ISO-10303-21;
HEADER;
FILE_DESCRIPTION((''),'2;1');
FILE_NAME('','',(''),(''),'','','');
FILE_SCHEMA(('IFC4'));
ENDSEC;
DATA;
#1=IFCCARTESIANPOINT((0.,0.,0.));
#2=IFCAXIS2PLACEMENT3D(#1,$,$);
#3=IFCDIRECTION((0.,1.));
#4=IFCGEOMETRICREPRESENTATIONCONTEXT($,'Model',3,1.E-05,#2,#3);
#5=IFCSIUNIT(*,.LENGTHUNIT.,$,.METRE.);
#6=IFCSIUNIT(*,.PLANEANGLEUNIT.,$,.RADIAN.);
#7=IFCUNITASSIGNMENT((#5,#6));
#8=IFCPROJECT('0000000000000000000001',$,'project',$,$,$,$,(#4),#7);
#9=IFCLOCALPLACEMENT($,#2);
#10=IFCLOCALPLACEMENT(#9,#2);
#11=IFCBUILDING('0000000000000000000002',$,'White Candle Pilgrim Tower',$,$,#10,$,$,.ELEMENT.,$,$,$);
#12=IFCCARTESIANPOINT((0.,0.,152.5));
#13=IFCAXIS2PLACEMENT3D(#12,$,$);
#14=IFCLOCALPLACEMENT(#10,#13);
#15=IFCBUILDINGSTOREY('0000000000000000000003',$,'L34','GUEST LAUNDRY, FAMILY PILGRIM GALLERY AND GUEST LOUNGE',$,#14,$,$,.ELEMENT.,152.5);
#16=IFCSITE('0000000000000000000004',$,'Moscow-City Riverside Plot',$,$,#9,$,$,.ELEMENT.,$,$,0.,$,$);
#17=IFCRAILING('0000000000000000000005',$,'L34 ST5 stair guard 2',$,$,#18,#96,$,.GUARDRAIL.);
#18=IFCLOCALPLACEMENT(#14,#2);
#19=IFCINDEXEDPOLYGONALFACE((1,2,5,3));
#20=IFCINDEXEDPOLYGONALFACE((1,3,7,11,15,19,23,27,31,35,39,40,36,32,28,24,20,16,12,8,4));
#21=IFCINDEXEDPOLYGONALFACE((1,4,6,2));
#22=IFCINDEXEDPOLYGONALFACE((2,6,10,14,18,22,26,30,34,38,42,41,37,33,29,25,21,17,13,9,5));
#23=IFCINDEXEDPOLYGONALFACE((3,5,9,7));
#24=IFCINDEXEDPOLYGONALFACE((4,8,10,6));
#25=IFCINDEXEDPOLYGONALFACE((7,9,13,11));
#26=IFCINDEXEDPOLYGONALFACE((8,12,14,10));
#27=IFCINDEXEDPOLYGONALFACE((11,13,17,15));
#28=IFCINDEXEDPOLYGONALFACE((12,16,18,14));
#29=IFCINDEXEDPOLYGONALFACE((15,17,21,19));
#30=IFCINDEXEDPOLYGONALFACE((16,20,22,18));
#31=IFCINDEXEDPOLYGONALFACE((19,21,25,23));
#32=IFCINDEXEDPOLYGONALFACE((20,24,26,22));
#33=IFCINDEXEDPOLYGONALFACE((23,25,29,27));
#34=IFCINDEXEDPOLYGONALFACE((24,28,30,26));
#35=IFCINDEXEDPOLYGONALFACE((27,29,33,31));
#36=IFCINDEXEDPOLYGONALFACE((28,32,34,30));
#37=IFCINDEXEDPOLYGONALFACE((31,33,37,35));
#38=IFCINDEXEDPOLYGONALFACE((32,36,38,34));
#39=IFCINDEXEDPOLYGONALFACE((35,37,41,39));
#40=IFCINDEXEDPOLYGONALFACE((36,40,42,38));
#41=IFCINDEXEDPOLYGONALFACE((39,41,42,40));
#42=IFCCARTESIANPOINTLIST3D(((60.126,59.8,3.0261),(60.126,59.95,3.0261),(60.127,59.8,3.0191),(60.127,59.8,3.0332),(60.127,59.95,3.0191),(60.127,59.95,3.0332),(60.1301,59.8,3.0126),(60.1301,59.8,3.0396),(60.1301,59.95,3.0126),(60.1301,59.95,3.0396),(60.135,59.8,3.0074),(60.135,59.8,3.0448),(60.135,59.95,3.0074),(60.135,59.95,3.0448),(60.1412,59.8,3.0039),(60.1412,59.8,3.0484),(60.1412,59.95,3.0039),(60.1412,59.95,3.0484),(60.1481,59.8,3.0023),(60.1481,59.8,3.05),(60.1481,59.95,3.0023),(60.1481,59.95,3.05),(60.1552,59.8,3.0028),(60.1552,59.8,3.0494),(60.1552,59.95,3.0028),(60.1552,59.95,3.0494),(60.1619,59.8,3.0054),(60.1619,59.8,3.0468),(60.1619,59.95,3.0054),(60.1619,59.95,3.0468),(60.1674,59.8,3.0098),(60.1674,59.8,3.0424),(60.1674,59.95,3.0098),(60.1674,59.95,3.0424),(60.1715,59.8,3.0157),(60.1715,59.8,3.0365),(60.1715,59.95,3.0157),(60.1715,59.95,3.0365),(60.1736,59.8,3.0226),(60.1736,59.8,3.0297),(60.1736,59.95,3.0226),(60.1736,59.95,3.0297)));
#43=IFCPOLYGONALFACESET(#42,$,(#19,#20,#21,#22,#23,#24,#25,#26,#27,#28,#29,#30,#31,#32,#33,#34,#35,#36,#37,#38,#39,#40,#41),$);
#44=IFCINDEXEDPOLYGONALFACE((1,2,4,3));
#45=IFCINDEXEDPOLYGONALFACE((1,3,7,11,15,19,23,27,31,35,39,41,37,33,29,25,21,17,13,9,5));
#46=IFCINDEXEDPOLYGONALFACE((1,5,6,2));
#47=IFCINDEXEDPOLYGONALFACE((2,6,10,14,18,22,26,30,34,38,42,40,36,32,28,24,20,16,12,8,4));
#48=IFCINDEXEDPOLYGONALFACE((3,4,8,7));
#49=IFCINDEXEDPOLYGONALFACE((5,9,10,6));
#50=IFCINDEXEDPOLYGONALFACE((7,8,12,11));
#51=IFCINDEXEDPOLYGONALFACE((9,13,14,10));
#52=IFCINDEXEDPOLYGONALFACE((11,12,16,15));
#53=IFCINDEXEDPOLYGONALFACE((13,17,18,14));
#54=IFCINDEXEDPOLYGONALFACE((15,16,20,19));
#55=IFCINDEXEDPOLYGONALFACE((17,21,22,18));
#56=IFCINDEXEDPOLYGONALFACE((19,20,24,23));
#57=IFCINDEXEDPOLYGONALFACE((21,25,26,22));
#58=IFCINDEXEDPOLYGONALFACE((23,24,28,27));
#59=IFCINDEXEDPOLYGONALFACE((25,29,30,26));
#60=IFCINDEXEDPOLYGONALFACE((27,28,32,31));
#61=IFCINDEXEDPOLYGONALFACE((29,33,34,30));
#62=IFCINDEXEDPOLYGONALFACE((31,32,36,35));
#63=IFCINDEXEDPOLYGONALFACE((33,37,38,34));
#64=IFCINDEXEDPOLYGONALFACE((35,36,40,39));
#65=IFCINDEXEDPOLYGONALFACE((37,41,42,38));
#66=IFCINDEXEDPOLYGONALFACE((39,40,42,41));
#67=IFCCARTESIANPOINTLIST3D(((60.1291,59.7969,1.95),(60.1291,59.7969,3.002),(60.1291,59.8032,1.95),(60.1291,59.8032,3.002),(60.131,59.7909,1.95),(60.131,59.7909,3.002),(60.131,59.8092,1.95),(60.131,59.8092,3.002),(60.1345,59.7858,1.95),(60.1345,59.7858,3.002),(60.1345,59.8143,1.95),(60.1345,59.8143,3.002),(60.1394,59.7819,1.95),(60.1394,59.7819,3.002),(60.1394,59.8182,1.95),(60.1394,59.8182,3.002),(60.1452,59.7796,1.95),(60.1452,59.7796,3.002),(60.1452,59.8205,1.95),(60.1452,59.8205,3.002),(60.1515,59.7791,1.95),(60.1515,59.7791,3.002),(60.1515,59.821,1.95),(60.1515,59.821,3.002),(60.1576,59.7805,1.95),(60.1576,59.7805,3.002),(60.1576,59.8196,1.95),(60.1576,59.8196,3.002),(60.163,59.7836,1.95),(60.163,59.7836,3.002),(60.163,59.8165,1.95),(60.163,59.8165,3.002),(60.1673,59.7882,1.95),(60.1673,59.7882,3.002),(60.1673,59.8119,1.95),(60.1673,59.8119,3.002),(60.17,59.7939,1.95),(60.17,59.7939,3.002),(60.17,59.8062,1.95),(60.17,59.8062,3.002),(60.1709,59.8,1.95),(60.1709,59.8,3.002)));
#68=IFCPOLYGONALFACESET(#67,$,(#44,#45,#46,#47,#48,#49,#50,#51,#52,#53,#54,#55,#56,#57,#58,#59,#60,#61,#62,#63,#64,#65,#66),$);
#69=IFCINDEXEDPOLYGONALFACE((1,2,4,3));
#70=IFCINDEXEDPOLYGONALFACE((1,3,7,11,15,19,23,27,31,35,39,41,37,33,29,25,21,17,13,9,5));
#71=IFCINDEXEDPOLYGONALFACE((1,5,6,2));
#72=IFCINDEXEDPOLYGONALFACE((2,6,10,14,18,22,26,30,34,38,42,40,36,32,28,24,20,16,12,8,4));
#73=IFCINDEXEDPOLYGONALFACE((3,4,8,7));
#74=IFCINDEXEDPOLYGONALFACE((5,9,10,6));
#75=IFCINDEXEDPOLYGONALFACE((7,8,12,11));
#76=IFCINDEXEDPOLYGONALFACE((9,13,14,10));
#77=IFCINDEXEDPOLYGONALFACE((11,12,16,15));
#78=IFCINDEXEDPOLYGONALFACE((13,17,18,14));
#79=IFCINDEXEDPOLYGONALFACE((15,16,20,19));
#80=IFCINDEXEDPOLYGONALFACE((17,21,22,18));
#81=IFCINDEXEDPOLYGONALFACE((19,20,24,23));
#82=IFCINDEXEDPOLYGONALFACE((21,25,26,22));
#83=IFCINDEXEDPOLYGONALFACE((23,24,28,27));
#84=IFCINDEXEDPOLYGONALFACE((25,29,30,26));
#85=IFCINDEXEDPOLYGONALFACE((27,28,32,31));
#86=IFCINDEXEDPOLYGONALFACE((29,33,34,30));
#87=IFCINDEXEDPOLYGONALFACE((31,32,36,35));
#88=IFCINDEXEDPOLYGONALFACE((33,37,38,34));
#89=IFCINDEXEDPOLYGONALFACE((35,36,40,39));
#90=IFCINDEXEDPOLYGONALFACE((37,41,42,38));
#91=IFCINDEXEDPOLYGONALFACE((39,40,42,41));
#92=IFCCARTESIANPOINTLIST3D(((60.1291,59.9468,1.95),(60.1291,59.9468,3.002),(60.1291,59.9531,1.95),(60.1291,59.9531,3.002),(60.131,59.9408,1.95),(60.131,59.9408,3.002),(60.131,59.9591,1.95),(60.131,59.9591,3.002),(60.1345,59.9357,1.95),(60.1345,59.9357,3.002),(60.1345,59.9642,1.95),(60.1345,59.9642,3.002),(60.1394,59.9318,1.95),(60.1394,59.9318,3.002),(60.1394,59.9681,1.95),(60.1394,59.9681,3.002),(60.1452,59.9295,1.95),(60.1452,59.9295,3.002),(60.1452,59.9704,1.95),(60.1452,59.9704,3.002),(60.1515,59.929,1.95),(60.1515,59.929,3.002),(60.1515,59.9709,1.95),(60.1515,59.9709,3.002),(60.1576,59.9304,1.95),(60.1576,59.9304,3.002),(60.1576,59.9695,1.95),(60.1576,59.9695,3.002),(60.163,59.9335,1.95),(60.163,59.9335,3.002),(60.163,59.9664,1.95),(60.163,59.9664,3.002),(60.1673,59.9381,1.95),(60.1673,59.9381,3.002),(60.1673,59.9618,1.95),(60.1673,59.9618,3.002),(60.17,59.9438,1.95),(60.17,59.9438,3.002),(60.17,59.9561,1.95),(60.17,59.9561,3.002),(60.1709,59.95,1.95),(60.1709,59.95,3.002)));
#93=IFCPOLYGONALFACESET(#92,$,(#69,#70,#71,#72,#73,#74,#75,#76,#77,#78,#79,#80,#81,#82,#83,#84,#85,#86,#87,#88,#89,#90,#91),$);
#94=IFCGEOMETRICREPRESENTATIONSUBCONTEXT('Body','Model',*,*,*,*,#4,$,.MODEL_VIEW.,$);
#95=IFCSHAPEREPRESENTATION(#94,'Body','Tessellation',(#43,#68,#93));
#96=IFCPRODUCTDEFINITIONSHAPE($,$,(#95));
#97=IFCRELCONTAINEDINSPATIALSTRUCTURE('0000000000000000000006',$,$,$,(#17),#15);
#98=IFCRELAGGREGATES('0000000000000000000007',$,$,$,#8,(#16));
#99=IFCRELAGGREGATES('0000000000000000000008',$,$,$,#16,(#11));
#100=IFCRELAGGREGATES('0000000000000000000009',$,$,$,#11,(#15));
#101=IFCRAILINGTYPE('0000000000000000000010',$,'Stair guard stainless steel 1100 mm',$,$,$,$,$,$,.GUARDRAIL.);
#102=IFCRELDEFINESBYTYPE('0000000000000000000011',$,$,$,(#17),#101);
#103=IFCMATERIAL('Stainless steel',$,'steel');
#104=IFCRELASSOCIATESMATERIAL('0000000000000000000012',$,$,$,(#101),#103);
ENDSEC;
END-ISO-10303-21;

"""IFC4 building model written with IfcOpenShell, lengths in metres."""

from ifc_helpers import new_model, si_unit, direction, frame, origin, origin_2d, place, context, subcontext, project, spatial, circle, extrude, material, type_object, element, save


model = new_model("IFC4")

# Units and contexts
model_context = context("Model", 3, precision=1e-05, world=origin(), true_north=direction((0.0, 1.0)))
body_context = subcontext(model_context, "Body", "Model", "MODEL_VIEW")
ifc_project = project(units=[si_unit("LENGTHUNIT", "METRE"), si_unit("PLANEANGLEUNIT", "RADIAN")], contexts=[model_context])

# Site, building, storey
site_placement = place(None, origin())
site = spatial("IfcSite", under=ifc_project, at=site_placement, Name="Moscow-City Riverside Plot", CompositionType="ELEMENT", RefElevation=0.0)
building_placement = place(site_placement, origin())
building = spatial("IfcBuilding", under=site, at=building_placement, Name="White Candle Pilgrim Tower", CompositionType="ELEMENT")
storey_placement = place(building_placement, frame((0.0, 0.0, 152.5)))
storey = spatial("IfcBuildingStorey", under=building, at=storey_placement, Name="L34", Description="GUEST LAUNDRY, FAMILY PILGRIM GALLERY AND GUEST LOUNGE", CompositionType="ELEMENT", Elevation=152.5)

# Railing
ifc_material_1 = material(Name="Stainless steel", Category="steel")
railing_type_1 = type_object("IfcRailingType", Name="Stair guard stainless steel 1100 mm", PredefinedType="GUARDRAIL", material=ifc_material_1)
railing_1_placement = place(storey_placement, frame((60.1499, 59.8, 1.95)))
element("IfcRailing", 1, at=railing_1_placement, inside=storey, type_object=railing_type_1, Name="L34 ST5 stair guard 2", PredefinedType="GUARDRAIL", context=body_context, shape_type="SweptSolid", body=[
    extrude(circle(Radius=0.0239, at=origin_2d()), frame((0.0, 0.0, 1.0762), z_axis=(0.0, 1.0, 0.0), x_axis=(-1.0, 0.0, 0.0)), (0.0, 0.0, 1.0), 0.1499),
    extrude(circle(Radius=0.021, at=origin_2d()), origin(), (0.0, 0.0, 1.0), 1.052),
    extrude(circle(Radius=0.021, at=origin_2d()), frame((0.0, 0.1499, 0.0)), (0.0, 0.0, 1.0), 1.052),
])

save(model, "model.ifc")
